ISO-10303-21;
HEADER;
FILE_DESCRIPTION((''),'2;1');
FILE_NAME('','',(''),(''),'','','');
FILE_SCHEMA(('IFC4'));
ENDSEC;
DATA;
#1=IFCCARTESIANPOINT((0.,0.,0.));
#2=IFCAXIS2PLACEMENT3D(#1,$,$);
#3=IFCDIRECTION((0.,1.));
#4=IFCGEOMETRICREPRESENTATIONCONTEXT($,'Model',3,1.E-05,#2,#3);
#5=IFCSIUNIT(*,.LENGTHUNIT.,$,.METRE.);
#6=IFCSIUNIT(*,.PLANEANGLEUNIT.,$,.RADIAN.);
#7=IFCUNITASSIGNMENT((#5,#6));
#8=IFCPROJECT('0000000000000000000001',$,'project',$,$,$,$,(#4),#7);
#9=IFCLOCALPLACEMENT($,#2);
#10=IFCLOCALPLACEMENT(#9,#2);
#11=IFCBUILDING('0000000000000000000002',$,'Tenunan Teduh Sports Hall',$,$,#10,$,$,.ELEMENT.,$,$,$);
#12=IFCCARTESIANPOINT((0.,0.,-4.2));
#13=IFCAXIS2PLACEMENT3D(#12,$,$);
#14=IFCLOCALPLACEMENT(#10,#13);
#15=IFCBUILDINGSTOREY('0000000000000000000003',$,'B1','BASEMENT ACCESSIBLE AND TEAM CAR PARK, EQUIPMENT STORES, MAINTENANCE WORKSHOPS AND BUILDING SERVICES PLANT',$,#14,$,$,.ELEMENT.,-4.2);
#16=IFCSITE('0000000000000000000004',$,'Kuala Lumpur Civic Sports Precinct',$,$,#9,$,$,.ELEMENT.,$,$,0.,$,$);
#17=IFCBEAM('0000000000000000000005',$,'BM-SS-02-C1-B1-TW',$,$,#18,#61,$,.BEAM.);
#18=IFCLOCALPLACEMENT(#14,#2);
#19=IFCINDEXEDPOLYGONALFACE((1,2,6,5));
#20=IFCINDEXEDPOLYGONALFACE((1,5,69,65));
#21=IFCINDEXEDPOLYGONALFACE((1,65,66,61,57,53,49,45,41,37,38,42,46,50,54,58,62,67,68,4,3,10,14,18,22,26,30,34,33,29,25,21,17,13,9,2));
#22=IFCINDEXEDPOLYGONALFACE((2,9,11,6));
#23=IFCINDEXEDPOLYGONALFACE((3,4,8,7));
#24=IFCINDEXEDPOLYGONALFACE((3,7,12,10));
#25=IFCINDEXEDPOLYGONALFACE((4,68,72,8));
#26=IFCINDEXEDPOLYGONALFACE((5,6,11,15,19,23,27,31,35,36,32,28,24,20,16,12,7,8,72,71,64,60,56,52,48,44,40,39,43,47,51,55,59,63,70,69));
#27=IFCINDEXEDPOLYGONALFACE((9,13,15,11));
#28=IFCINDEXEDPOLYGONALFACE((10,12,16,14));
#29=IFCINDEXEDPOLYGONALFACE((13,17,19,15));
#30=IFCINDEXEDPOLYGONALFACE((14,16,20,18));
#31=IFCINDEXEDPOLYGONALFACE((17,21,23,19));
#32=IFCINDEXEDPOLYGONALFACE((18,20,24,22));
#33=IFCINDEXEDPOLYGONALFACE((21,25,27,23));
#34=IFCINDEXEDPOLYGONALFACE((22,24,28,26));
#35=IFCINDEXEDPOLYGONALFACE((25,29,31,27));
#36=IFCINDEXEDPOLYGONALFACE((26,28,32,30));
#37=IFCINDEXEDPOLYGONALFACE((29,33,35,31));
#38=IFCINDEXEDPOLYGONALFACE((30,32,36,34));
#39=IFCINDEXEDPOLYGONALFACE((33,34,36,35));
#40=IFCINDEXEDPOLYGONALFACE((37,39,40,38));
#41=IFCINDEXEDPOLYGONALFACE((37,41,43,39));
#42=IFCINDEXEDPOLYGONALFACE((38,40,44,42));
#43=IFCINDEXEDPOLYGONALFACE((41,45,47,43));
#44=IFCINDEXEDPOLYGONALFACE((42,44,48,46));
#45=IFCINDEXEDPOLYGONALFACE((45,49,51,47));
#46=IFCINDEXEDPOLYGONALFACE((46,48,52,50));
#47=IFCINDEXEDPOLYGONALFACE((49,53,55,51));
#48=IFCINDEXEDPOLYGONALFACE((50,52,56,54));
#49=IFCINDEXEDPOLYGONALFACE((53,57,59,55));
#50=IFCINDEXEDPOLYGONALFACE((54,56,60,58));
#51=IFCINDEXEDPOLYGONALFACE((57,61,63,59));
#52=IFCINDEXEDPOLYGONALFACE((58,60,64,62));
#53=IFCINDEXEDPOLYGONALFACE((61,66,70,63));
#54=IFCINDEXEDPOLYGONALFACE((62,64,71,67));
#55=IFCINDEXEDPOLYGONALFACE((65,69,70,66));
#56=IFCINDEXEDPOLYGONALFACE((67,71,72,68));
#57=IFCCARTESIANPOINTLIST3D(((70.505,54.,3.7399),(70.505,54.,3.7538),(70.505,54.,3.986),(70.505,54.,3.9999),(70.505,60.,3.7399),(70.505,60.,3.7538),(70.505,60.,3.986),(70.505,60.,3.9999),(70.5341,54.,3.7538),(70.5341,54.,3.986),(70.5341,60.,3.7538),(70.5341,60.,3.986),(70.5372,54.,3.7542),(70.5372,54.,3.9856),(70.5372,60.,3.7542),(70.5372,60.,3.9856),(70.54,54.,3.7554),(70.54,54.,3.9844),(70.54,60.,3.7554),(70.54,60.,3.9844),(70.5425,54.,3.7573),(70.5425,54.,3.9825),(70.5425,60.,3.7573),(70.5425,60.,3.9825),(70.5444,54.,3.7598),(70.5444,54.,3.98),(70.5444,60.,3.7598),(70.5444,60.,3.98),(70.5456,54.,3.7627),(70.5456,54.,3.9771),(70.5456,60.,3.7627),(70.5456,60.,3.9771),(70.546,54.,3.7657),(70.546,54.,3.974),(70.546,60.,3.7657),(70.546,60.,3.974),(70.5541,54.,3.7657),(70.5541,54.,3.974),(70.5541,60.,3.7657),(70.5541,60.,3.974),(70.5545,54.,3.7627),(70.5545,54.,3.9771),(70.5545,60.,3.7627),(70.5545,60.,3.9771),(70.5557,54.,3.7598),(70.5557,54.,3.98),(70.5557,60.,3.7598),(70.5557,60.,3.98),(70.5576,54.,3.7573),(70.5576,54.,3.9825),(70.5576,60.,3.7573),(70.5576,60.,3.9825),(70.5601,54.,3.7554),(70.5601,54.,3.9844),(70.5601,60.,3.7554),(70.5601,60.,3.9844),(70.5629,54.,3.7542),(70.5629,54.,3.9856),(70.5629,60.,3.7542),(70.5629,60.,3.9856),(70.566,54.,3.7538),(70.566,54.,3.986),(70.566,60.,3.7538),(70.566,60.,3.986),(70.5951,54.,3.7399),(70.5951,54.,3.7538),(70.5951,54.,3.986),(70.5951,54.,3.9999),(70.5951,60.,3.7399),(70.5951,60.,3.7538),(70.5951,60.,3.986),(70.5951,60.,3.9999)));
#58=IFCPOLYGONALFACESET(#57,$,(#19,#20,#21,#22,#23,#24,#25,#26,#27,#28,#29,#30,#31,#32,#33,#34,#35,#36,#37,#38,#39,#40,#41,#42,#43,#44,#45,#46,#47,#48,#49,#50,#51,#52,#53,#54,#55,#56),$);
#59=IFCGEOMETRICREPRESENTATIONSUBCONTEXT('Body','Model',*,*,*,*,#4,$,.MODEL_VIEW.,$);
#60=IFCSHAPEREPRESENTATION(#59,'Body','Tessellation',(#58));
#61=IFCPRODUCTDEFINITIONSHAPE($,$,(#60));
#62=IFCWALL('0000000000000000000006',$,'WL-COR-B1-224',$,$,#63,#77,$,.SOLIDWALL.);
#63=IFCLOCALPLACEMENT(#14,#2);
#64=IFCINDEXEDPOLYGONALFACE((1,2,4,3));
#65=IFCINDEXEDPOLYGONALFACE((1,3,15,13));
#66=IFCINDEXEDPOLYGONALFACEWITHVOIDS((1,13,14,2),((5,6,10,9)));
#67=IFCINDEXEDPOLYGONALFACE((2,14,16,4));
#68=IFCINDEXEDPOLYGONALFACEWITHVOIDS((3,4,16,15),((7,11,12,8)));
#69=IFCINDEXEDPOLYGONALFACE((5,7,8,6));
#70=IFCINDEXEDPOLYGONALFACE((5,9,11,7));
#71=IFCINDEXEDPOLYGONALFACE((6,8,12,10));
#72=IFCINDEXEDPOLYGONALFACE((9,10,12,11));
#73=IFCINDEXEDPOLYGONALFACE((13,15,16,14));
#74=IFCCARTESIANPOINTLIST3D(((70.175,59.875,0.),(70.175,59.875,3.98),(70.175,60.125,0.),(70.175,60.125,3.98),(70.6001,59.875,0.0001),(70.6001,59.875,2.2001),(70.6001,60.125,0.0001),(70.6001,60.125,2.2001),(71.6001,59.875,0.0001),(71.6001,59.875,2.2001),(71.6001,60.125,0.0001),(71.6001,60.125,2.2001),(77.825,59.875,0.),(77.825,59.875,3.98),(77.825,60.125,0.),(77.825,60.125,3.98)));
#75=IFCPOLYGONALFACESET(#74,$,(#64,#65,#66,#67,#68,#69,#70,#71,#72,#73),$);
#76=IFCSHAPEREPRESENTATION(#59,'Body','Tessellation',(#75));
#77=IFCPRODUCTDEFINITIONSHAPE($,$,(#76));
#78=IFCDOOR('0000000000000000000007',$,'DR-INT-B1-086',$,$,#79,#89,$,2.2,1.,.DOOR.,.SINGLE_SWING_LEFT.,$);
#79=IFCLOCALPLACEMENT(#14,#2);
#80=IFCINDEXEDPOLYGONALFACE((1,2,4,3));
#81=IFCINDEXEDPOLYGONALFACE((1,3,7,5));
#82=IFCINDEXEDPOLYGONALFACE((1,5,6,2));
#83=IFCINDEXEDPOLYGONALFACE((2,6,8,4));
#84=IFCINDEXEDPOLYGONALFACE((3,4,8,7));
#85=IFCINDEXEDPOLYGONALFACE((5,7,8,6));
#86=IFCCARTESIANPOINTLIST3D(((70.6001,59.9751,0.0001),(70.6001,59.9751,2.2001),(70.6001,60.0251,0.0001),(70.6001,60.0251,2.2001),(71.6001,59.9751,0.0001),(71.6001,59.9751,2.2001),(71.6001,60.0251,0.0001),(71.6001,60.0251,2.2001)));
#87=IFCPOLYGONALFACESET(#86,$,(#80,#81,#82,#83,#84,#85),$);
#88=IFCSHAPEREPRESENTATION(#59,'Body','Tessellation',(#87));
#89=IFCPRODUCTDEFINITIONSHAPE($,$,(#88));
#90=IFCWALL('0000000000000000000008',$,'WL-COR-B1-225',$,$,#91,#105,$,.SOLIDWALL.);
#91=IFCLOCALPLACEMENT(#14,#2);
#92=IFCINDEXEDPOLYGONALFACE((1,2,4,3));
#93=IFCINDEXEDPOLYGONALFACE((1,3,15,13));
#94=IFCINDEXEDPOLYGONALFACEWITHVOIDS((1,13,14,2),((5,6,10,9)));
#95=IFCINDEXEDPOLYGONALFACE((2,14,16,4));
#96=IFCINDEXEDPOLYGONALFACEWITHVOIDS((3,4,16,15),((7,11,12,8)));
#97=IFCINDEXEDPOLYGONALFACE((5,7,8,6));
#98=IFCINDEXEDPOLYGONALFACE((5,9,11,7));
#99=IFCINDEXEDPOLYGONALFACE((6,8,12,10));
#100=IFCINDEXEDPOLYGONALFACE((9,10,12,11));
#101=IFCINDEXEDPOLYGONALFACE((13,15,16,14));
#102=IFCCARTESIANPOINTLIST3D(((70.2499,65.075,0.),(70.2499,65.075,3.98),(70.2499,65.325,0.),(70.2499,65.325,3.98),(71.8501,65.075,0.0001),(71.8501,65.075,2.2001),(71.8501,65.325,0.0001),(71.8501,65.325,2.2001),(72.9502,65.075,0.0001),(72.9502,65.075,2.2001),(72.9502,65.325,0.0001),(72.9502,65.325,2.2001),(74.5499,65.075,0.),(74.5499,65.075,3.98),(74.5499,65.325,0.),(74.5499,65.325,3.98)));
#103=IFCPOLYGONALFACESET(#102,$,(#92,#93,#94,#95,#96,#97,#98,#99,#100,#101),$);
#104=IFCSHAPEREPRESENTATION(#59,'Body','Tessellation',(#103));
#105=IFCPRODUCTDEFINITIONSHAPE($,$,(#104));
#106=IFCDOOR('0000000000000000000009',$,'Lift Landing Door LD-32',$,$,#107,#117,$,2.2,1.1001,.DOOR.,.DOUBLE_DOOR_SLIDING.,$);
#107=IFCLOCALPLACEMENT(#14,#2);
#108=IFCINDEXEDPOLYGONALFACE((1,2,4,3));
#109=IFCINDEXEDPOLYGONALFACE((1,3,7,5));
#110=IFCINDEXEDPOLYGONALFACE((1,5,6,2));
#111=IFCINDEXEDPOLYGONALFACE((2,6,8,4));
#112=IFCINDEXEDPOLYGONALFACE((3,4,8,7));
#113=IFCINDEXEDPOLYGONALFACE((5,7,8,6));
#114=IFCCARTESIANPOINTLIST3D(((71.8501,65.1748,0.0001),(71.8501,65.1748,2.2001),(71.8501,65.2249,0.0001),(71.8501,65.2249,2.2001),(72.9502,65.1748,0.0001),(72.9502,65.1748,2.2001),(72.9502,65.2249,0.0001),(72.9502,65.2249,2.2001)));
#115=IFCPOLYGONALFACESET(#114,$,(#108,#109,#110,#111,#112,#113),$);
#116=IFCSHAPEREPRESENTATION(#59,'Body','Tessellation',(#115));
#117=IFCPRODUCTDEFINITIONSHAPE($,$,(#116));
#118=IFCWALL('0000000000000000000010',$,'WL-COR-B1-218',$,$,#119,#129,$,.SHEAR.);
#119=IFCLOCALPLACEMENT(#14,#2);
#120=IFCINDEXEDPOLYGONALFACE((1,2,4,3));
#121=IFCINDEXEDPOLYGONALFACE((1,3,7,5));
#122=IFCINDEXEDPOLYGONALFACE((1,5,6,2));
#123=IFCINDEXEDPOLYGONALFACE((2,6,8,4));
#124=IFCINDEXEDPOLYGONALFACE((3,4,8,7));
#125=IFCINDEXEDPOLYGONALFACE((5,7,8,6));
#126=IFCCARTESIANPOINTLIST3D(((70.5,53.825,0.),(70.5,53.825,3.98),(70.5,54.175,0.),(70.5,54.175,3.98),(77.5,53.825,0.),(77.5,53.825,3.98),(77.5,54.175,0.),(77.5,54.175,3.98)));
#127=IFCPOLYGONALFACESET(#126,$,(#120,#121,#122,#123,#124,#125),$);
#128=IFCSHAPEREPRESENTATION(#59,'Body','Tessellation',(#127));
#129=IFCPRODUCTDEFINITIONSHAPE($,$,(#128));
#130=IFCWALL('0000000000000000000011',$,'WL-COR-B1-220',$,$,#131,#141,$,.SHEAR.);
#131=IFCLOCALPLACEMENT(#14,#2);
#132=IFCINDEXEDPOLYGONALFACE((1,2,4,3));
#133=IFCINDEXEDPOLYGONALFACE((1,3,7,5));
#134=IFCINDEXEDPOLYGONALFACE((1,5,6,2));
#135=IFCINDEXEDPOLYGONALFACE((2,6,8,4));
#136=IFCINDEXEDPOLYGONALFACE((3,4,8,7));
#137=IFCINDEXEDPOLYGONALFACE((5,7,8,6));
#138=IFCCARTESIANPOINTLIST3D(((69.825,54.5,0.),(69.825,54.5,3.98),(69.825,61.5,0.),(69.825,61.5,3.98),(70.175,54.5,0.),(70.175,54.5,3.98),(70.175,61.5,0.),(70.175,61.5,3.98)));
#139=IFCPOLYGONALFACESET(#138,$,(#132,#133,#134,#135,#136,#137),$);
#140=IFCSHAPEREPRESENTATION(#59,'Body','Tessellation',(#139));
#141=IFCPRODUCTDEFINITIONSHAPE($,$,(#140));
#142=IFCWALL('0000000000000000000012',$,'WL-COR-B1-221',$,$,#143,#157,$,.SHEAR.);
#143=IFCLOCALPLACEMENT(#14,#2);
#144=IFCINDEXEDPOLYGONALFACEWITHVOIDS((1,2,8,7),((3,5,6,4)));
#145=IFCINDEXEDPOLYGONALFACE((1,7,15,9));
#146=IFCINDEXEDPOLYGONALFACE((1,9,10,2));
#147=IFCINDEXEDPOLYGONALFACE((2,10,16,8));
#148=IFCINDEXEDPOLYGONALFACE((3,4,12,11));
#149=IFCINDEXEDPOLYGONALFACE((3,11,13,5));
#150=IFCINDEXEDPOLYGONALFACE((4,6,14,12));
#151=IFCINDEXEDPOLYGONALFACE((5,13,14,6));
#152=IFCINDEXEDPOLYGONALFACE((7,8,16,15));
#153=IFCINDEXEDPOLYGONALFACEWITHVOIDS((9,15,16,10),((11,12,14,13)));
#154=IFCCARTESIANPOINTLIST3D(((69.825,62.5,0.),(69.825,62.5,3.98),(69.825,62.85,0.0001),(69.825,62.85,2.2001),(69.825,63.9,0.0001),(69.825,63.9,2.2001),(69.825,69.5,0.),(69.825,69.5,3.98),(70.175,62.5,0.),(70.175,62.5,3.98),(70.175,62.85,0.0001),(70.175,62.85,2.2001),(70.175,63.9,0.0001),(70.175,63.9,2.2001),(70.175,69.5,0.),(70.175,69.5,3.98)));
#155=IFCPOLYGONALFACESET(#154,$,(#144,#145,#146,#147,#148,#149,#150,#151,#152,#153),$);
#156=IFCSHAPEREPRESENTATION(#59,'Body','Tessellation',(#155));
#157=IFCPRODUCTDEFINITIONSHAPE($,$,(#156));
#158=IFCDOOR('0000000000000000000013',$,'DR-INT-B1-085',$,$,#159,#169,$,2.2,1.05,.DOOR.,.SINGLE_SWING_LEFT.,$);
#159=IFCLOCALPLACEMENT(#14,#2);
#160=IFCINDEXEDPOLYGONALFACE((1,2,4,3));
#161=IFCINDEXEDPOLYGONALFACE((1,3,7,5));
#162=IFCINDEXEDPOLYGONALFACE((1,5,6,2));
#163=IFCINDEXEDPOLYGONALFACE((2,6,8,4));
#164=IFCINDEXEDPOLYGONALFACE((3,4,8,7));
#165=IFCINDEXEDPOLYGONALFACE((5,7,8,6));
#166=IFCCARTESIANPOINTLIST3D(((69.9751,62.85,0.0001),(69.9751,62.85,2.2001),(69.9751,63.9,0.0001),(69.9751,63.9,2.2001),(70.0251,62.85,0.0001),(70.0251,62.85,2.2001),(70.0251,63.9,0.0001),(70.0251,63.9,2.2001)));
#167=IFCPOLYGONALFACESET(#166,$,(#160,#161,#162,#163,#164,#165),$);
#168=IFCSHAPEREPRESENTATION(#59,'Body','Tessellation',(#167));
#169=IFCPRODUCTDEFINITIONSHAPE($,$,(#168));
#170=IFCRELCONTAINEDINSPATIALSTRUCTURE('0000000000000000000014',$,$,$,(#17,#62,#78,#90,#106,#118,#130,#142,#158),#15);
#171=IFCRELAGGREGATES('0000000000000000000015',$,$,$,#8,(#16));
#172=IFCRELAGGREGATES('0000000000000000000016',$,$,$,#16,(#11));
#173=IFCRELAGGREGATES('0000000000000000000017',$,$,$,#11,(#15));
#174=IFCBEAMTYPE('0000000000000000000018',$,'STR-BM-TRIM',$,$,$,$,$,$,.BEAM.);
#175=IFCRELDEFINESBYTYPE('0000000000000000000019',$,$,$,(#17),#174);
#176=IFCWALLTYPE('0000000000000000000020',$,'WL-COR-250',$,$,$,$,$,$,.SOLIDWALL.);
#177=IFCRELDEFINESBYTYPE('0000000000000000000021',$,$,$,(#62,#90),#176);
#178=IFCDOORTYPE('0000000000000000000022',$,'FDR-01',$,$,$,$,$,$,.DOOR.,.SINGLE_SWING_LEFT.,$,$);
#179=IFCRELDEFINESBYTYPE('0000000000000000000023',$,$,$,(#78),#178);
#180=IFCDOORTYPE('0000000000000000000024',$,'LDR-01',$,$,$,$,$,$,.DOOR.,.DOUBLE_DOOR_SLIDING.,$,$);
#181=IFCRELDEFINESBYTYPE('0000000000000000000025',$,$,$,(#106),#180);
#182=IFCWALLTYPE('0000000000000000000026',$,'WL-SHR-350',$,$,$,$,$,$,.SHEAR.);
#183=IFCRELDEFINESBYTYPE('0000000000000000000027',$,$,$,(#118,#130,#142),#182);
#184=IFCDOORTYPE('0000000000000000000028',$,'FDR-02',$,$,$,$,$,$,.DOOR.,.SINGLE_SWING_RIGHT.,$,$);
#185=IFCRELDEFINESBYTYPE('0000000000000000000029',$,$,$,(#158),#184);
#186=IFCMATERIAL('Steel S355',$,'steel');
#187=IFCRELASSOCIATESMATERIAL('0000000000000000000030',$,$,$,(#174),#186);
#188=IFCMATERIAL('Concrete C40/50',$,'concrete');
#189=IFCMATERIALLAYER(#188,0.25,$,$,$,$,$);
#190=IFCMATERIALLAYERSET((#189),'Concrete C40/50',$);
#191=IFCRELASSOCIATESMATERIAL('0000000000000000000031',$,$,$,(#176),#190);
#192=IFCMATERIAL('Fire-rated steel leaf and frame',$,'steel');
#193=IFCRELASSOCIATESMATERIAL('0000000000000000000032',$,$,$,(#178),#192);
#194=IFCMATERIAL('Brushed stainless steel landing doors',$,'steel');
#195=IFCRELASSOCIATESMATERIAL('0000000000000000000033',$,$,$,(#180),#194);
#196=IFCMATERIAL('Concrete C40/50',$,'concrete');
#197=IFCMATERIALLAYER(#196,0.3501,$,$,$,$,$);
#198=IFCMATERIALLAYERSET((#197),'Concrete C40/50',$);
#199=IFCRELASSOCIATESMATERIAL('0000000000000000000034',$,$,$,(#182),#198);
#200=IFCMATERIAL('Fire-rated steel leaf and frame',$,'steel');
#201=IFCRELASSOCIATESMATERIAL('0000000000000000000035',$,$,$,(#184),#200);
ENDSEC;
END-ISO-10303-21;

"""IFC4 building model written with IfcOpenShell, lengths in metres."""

from ifc_helpers import new_model, si_unit, direction, frame, frame_2d, origin, origin_2d, place, context, subcontext, project, spatial, rectangle, i_section, extrude, material, layer, layer_set, material_profile, profile_set, type_object, element, fill, save


model = new_model("IFC4")

# Units and contexts
model_context = context("Model", 3, precision=1e-05, world=origin(), true_north=direction((0.0, 1.0)))
body_context = subcontext(model_context, "Body", "Model", "MODEL_VIEW")
ifc_project = project(units=[si_unit("LENGTHUNIT", "METRE"), si_unit("PLANEANGLEUNIT", "RADIAN")], contexts=[model_context])

# Site, building, storey
site_placement = place(None, origin())
site = spatial("IfcSite", under=ifc_project, at=site_placement, Name="Kuala Lumpur Civic Sports Precinct", CompositionType="ELEMENT", RefElevation=0.0)
building_placement = place(site_placement, origin())
building = spatial("IfcBuilding", under=site, at=building_placement, Name="Tenunan Teduh Sports Hall", CompositionType="ELEMENT")
storey_placement = place(building_placement, frame((0.0, 0.0, -4.2)))
storey = spatial("IfcBuildingStorey", under=building, at=storey_placement, Name="B1", Description="BASEMENT ACCESSIBLE AND TEAM CAR PARK, EQUIPMENT STORES, MAINTENANCE WORKSHOPS AND BUILDING SERVICES PLANT", CompositionType="ELEMENT", Elevation=-4.2)

# Beam
ifc_material_1 = material(Name="Steel S355", Category="steel")
ifc_material_profile_1 = material_profile(ifc_material_1, i_section(OverallWidth=0.0901, OverallDepth=0.26, WebThickness=0.0081, FlangeThickness=0.0139, FilletRadius=0.012, at=origin_2d()), Name="PFC 260x90")
ifc_profile_set_1 = profile_set([ifc_material_profile_1], Name="Steel S355")
beam_type = type_object("IfcBeamType", Name="STR-BM-TRIM", PredefinedType="BEAM", material=ifc_profile_set_1)
beam_placement = place(storey_placement, frame((70.55, 54.0, 3.8699), z_axis=(0.0, 1.0, 0.0), x_axis=(-1.0, 0.0, 0.0)))
element("IfcBeam", 1, at=beam_placement, inside=storey, type_object=beam_type, Name="BM-SS-02-C1-B1-TW", PredefinedType="BEAM", context=body_context, shape_type="SweptSolid", body=[
    extrude(i_section(OverallWidth=0.0901, OverallDepth=0.26, WebThickness=0.0081, FlangeThickness=0.0139, FilletRadius=0.012, at=origin_2d()), origin(), (0.0, 0.0, 1.0), 6.0),
])

# Walls, openings, doors
ifc_material_2 = material(Name="Concrete C40/50", Category="concrete")
ifc_layer_1 = layer(ifc_material_2, 0.25)
ifc_layer_set_1 = layer_set([ifc_layer_1], Name="Concrete C40/50")
wall_type_1 = type_object("IfcWallType", Name="WL-COR-250", PredefinedType="SOLIDWALL", material=ifc_layer_set_1)
wall_1_placement = place(storey_placement, frame((70.175, 60.0, 0.0), z_axis=(0.0, 0.0, 1.0), x_axis=(1.0, 0.0, 0.0)))
wall_1 = element("IfcWall", 2, at=wall_1_placement, inside=storey, type_object=wall_type_1, Name="WL-COR-B1-224", PredefinedType="SOLIDWALL", context=body_context, shape_type="SweptSolid", body=[
    extrude(rectangle(XDim=7.6499, YDim=0.25, at=frame_2d((3.825, 0.0))), origin(), (0.0, 0.0, 1.0), 3.98),
])
opening_1_placement = place(wall_1_placement, frame((0.425, 0.0, 0.0)))
opening_1 = element("IfcOpeningElement", 3, at=opening_1_placement, cuts=wall_1, PredefinedType="OPENING", context=body_context, shape_type="SweptSolid", body=[
    extrude(rectangle(XDim=1.0, YDim=2.2, at=frame_2d((0.5, 1.1001))), frame((0.0, 0.135, 0.0), z_axis=(0.0, -1.0, 0.0), x_axis=(1.0, 0.0, 0.0)), (0.0, 0.0, 1.0), 0.27),
])
ifc_material_3 = material(Name="Fire-rated steel leaf and frame", Category="steel")
door_type_1 = type_object("IfcDoorType", Name="FDR-01", OperationType="SINGLE_SWING_LEFT", PredefinedType="DOOR", material=ifc_material_3)
door_1_placement = place(opening_1_placement, frame((1.0, 0.0, 0.0), z_axis=(0.0, 0.0, 1.0), x_axis=(-1.0, 0.0, 0.0)))
door_1 = element("IfcDoor", 4, at=door_1_placement, inside=storey, type_object=door_type_1, Name="DR-INT-B1-086", OperationType="SINGLE_SWING_LEFT", OverallHeight=2.2, OverallWidth=1.0, PredefinedType="DOOR", context=body_context, shape_type="SweptSolid", body=[
    extrude(rectangle(XDim=1.0, YDim=2.2, at=frame_2d((0.5, 1.1001))), frame((0.0, 0.0249, 0.0), z_axis=(0.0, -1.0, 0.0), x_axis=(1.0, 0.0, 0.0)), (0.0, 0.0, 1.0), 0.05),
])
fill(opening_1, door_1)
wall_2_placement = place(storey_placement, frame((70.25, 65.2, 0.0), z_axis=(0.0, 0.0, 1.0), x_axis=(1.0, 0.0, 0.0)))
wall_2 = element("IfcWall", 5, at=wall_2_placement, inside=storey, type_object=wall_type_1, Name="WL-COR-B1-225", PredefinedType="SOLIDWALL", context=body_context, shape_type="SweptSolid", body=[
    extrude(rectangle(XDim=4.3, YDim=0.25, at=frame_2d((2.1499, 0.0))), origin(), (0.0, 0.0, 1.0), 3.98),
])
opening_2_placement = place(wall_2_placement, frame((1.6001, 0.0, 0.0)))
opening_2 = element("IfcOpeningElement", 6, at=opening_2_placement, cuts=wall_2, PredefinedType="OPENING", context=body_context, shape_type="SweptSolid", body=[
    extrude(rectangle(XDim=1.1001, YDim=2.2, at=frame_2d((0.55, 1.1001))), frame((0.0, 0.135, 0.0), z_axis=(0.0, -1.0, 0.0), x_axis=(1.0, 0.0, 0.0)), (0.0, 0.0, 1.0), 0.27),
])
ifc_material_4 = material(Name="Brushed stainless steel landing doors", Category="steel")
door_type_2 = type_object("IfcDoorType", Name="LDR-01", OperationType="DOUBLE_DOOR_SLIDING", PredefinedType="DOOR", material=ifc_material_4)
door_2_placement = place(opening_2_placement, origin())
door_2 = element("IfcDoor", 7, at=door_2_placement, inside=storey, type_object=door_type_2, Name="Lift Landing Door LD-32", OperationType="DOUBLE_DOOR_SLIDING", OverallHeight=2.2, OverallWidth=1.1001, PredefinedType="DOOR", context=body_context, shape_type="SweptSolid", body=[
    extrude(rectangle(XDim=1.1001, YDim=2.2, at=frame_2d((0.55, 1.1001))), frame((0.0, 0.0249, 0.0), z_axis=(0.0, -1.0, 0.0), x_axis=(1.0, 0.0, 0.0)), (0.0, 0.0, 1.0), 0.05),
])
fill(opening_2, door_2)

# Walls
ifc_material_5 = material(Name="Concrete C40/50", Category="concrete")
ifc_layer_2 = layer(ifc_material_5, 0.3501)
ifc_layer_set_2 = layer_set([ifc_layer_2], Name="Concrete C40/50")
wall_type_2 = type_object("IfcWallType", Name="WL-SHR-350", PredefinedType="SHEAR", material=ifc_layer_set_2)
for number, where, z_axis, x_axis, name in (
    (8, (70.5, 54.0, 0.0), (0.0, 0.0, 1.0), (1.0, 0.0, 0.0), "WL-COR-B1-218"),
    (9, (70.0, 54.5, 0.0), (0.0, 0.0, 1.0), (0.0, 1.0, 0.0), "WL-COR-B1-220"),
):
    element("IfcWall", number, at=place(storey_placement, frame(where, z_axis=z_axis, x_axis=x_axis)), inside=storey, type_object=wall_type_2, Name=name, PredefinedType="SHEAR", context=body_context, shape_type="SweptSolid", body=[
        extrude(rectangle(XDim=7.0, YDim=0.3501, at=frame_2d((3.5, 0.0))), origin(), (0.0, 0.0, 1.0), 3.98),
    ])

# Wall, opening, door
wall_3_placement = place(storey_placement, frame((70.0, 62.5, 0.0), z_axis=(0.0, 0.0, 1.0), x_axis=(0.0, 1.0, 0.0)))
wall_3 = element("IfcWall", 10, at=wall_3_placement, inside=storey, type_object=wall_type_2, Name="WL-COR-B1-221", PredefinedType="SHEAR", context=body_context, shape_type="SweptSolid", body=[
    extrude(rectangle(XDim=7.0, YDim=0.3501, at=frame_2d((3.5, 0.0))), origin(), (0.0, 0.0, 1.0), 3.98),
])
opening_3_placement = place(wall_3_placement, frame((0.3501, 0.0, 0.0)))
opening_3 = element("IfcOpeningElement", 11, at=opening_3_placement, cuts=wall_3, PredefinedType="OPENING", context=body_context, shape_type="SweptSolid", body=[
    extrude(rectangle(XDim=1.05, YDim=2.2, at=frame_2d((0.5249, 1.1001))), frame((0.0, 0.1851, 0.0), z_axis=(0.0, -1.0, 0.0), x_axis=(1.0, 0.0, 0.0)), (0.0, 0.0, 1.0), 0.3701),
])
ifc_material_6 = material(Name="Fire-rated steel leaf and frame", Category="steel")
door_type_3 = type_object("IfcDoorType", Name="FDR-02", OperationType="SINGLE_SWING_RIGHT", PredefinedType="DOOR", material=ifc_material_6)
door_3_placement = place(opening_3_placement, origin())
door_3 = element("IfcDoor", 12, at=door_3_placement, inside=storey, type_object=door_type_3, Name="DR-INT-B1-085", OperationType="SINGLE_SWING_LEFT", OverallHeight=2.2, OverallWidth=1.05, PredefinedType="DOOR", context=body_context, shape_type="SweptSolid", body=[
    extrude(rectangle(XDim=1.05, YDim=2.2, at=frame_2d((0.5249, 1.1001))), frame((0.0, 0.0249, 0.0), z_axis=(0.0, -1.0, 0.0), x_axis=(1.0, 0.0, 0.0)), (0.0, 0.0, 1.0), 0.05),
])
fill(opening_3, door_3)

save(model, "model.ifc")
